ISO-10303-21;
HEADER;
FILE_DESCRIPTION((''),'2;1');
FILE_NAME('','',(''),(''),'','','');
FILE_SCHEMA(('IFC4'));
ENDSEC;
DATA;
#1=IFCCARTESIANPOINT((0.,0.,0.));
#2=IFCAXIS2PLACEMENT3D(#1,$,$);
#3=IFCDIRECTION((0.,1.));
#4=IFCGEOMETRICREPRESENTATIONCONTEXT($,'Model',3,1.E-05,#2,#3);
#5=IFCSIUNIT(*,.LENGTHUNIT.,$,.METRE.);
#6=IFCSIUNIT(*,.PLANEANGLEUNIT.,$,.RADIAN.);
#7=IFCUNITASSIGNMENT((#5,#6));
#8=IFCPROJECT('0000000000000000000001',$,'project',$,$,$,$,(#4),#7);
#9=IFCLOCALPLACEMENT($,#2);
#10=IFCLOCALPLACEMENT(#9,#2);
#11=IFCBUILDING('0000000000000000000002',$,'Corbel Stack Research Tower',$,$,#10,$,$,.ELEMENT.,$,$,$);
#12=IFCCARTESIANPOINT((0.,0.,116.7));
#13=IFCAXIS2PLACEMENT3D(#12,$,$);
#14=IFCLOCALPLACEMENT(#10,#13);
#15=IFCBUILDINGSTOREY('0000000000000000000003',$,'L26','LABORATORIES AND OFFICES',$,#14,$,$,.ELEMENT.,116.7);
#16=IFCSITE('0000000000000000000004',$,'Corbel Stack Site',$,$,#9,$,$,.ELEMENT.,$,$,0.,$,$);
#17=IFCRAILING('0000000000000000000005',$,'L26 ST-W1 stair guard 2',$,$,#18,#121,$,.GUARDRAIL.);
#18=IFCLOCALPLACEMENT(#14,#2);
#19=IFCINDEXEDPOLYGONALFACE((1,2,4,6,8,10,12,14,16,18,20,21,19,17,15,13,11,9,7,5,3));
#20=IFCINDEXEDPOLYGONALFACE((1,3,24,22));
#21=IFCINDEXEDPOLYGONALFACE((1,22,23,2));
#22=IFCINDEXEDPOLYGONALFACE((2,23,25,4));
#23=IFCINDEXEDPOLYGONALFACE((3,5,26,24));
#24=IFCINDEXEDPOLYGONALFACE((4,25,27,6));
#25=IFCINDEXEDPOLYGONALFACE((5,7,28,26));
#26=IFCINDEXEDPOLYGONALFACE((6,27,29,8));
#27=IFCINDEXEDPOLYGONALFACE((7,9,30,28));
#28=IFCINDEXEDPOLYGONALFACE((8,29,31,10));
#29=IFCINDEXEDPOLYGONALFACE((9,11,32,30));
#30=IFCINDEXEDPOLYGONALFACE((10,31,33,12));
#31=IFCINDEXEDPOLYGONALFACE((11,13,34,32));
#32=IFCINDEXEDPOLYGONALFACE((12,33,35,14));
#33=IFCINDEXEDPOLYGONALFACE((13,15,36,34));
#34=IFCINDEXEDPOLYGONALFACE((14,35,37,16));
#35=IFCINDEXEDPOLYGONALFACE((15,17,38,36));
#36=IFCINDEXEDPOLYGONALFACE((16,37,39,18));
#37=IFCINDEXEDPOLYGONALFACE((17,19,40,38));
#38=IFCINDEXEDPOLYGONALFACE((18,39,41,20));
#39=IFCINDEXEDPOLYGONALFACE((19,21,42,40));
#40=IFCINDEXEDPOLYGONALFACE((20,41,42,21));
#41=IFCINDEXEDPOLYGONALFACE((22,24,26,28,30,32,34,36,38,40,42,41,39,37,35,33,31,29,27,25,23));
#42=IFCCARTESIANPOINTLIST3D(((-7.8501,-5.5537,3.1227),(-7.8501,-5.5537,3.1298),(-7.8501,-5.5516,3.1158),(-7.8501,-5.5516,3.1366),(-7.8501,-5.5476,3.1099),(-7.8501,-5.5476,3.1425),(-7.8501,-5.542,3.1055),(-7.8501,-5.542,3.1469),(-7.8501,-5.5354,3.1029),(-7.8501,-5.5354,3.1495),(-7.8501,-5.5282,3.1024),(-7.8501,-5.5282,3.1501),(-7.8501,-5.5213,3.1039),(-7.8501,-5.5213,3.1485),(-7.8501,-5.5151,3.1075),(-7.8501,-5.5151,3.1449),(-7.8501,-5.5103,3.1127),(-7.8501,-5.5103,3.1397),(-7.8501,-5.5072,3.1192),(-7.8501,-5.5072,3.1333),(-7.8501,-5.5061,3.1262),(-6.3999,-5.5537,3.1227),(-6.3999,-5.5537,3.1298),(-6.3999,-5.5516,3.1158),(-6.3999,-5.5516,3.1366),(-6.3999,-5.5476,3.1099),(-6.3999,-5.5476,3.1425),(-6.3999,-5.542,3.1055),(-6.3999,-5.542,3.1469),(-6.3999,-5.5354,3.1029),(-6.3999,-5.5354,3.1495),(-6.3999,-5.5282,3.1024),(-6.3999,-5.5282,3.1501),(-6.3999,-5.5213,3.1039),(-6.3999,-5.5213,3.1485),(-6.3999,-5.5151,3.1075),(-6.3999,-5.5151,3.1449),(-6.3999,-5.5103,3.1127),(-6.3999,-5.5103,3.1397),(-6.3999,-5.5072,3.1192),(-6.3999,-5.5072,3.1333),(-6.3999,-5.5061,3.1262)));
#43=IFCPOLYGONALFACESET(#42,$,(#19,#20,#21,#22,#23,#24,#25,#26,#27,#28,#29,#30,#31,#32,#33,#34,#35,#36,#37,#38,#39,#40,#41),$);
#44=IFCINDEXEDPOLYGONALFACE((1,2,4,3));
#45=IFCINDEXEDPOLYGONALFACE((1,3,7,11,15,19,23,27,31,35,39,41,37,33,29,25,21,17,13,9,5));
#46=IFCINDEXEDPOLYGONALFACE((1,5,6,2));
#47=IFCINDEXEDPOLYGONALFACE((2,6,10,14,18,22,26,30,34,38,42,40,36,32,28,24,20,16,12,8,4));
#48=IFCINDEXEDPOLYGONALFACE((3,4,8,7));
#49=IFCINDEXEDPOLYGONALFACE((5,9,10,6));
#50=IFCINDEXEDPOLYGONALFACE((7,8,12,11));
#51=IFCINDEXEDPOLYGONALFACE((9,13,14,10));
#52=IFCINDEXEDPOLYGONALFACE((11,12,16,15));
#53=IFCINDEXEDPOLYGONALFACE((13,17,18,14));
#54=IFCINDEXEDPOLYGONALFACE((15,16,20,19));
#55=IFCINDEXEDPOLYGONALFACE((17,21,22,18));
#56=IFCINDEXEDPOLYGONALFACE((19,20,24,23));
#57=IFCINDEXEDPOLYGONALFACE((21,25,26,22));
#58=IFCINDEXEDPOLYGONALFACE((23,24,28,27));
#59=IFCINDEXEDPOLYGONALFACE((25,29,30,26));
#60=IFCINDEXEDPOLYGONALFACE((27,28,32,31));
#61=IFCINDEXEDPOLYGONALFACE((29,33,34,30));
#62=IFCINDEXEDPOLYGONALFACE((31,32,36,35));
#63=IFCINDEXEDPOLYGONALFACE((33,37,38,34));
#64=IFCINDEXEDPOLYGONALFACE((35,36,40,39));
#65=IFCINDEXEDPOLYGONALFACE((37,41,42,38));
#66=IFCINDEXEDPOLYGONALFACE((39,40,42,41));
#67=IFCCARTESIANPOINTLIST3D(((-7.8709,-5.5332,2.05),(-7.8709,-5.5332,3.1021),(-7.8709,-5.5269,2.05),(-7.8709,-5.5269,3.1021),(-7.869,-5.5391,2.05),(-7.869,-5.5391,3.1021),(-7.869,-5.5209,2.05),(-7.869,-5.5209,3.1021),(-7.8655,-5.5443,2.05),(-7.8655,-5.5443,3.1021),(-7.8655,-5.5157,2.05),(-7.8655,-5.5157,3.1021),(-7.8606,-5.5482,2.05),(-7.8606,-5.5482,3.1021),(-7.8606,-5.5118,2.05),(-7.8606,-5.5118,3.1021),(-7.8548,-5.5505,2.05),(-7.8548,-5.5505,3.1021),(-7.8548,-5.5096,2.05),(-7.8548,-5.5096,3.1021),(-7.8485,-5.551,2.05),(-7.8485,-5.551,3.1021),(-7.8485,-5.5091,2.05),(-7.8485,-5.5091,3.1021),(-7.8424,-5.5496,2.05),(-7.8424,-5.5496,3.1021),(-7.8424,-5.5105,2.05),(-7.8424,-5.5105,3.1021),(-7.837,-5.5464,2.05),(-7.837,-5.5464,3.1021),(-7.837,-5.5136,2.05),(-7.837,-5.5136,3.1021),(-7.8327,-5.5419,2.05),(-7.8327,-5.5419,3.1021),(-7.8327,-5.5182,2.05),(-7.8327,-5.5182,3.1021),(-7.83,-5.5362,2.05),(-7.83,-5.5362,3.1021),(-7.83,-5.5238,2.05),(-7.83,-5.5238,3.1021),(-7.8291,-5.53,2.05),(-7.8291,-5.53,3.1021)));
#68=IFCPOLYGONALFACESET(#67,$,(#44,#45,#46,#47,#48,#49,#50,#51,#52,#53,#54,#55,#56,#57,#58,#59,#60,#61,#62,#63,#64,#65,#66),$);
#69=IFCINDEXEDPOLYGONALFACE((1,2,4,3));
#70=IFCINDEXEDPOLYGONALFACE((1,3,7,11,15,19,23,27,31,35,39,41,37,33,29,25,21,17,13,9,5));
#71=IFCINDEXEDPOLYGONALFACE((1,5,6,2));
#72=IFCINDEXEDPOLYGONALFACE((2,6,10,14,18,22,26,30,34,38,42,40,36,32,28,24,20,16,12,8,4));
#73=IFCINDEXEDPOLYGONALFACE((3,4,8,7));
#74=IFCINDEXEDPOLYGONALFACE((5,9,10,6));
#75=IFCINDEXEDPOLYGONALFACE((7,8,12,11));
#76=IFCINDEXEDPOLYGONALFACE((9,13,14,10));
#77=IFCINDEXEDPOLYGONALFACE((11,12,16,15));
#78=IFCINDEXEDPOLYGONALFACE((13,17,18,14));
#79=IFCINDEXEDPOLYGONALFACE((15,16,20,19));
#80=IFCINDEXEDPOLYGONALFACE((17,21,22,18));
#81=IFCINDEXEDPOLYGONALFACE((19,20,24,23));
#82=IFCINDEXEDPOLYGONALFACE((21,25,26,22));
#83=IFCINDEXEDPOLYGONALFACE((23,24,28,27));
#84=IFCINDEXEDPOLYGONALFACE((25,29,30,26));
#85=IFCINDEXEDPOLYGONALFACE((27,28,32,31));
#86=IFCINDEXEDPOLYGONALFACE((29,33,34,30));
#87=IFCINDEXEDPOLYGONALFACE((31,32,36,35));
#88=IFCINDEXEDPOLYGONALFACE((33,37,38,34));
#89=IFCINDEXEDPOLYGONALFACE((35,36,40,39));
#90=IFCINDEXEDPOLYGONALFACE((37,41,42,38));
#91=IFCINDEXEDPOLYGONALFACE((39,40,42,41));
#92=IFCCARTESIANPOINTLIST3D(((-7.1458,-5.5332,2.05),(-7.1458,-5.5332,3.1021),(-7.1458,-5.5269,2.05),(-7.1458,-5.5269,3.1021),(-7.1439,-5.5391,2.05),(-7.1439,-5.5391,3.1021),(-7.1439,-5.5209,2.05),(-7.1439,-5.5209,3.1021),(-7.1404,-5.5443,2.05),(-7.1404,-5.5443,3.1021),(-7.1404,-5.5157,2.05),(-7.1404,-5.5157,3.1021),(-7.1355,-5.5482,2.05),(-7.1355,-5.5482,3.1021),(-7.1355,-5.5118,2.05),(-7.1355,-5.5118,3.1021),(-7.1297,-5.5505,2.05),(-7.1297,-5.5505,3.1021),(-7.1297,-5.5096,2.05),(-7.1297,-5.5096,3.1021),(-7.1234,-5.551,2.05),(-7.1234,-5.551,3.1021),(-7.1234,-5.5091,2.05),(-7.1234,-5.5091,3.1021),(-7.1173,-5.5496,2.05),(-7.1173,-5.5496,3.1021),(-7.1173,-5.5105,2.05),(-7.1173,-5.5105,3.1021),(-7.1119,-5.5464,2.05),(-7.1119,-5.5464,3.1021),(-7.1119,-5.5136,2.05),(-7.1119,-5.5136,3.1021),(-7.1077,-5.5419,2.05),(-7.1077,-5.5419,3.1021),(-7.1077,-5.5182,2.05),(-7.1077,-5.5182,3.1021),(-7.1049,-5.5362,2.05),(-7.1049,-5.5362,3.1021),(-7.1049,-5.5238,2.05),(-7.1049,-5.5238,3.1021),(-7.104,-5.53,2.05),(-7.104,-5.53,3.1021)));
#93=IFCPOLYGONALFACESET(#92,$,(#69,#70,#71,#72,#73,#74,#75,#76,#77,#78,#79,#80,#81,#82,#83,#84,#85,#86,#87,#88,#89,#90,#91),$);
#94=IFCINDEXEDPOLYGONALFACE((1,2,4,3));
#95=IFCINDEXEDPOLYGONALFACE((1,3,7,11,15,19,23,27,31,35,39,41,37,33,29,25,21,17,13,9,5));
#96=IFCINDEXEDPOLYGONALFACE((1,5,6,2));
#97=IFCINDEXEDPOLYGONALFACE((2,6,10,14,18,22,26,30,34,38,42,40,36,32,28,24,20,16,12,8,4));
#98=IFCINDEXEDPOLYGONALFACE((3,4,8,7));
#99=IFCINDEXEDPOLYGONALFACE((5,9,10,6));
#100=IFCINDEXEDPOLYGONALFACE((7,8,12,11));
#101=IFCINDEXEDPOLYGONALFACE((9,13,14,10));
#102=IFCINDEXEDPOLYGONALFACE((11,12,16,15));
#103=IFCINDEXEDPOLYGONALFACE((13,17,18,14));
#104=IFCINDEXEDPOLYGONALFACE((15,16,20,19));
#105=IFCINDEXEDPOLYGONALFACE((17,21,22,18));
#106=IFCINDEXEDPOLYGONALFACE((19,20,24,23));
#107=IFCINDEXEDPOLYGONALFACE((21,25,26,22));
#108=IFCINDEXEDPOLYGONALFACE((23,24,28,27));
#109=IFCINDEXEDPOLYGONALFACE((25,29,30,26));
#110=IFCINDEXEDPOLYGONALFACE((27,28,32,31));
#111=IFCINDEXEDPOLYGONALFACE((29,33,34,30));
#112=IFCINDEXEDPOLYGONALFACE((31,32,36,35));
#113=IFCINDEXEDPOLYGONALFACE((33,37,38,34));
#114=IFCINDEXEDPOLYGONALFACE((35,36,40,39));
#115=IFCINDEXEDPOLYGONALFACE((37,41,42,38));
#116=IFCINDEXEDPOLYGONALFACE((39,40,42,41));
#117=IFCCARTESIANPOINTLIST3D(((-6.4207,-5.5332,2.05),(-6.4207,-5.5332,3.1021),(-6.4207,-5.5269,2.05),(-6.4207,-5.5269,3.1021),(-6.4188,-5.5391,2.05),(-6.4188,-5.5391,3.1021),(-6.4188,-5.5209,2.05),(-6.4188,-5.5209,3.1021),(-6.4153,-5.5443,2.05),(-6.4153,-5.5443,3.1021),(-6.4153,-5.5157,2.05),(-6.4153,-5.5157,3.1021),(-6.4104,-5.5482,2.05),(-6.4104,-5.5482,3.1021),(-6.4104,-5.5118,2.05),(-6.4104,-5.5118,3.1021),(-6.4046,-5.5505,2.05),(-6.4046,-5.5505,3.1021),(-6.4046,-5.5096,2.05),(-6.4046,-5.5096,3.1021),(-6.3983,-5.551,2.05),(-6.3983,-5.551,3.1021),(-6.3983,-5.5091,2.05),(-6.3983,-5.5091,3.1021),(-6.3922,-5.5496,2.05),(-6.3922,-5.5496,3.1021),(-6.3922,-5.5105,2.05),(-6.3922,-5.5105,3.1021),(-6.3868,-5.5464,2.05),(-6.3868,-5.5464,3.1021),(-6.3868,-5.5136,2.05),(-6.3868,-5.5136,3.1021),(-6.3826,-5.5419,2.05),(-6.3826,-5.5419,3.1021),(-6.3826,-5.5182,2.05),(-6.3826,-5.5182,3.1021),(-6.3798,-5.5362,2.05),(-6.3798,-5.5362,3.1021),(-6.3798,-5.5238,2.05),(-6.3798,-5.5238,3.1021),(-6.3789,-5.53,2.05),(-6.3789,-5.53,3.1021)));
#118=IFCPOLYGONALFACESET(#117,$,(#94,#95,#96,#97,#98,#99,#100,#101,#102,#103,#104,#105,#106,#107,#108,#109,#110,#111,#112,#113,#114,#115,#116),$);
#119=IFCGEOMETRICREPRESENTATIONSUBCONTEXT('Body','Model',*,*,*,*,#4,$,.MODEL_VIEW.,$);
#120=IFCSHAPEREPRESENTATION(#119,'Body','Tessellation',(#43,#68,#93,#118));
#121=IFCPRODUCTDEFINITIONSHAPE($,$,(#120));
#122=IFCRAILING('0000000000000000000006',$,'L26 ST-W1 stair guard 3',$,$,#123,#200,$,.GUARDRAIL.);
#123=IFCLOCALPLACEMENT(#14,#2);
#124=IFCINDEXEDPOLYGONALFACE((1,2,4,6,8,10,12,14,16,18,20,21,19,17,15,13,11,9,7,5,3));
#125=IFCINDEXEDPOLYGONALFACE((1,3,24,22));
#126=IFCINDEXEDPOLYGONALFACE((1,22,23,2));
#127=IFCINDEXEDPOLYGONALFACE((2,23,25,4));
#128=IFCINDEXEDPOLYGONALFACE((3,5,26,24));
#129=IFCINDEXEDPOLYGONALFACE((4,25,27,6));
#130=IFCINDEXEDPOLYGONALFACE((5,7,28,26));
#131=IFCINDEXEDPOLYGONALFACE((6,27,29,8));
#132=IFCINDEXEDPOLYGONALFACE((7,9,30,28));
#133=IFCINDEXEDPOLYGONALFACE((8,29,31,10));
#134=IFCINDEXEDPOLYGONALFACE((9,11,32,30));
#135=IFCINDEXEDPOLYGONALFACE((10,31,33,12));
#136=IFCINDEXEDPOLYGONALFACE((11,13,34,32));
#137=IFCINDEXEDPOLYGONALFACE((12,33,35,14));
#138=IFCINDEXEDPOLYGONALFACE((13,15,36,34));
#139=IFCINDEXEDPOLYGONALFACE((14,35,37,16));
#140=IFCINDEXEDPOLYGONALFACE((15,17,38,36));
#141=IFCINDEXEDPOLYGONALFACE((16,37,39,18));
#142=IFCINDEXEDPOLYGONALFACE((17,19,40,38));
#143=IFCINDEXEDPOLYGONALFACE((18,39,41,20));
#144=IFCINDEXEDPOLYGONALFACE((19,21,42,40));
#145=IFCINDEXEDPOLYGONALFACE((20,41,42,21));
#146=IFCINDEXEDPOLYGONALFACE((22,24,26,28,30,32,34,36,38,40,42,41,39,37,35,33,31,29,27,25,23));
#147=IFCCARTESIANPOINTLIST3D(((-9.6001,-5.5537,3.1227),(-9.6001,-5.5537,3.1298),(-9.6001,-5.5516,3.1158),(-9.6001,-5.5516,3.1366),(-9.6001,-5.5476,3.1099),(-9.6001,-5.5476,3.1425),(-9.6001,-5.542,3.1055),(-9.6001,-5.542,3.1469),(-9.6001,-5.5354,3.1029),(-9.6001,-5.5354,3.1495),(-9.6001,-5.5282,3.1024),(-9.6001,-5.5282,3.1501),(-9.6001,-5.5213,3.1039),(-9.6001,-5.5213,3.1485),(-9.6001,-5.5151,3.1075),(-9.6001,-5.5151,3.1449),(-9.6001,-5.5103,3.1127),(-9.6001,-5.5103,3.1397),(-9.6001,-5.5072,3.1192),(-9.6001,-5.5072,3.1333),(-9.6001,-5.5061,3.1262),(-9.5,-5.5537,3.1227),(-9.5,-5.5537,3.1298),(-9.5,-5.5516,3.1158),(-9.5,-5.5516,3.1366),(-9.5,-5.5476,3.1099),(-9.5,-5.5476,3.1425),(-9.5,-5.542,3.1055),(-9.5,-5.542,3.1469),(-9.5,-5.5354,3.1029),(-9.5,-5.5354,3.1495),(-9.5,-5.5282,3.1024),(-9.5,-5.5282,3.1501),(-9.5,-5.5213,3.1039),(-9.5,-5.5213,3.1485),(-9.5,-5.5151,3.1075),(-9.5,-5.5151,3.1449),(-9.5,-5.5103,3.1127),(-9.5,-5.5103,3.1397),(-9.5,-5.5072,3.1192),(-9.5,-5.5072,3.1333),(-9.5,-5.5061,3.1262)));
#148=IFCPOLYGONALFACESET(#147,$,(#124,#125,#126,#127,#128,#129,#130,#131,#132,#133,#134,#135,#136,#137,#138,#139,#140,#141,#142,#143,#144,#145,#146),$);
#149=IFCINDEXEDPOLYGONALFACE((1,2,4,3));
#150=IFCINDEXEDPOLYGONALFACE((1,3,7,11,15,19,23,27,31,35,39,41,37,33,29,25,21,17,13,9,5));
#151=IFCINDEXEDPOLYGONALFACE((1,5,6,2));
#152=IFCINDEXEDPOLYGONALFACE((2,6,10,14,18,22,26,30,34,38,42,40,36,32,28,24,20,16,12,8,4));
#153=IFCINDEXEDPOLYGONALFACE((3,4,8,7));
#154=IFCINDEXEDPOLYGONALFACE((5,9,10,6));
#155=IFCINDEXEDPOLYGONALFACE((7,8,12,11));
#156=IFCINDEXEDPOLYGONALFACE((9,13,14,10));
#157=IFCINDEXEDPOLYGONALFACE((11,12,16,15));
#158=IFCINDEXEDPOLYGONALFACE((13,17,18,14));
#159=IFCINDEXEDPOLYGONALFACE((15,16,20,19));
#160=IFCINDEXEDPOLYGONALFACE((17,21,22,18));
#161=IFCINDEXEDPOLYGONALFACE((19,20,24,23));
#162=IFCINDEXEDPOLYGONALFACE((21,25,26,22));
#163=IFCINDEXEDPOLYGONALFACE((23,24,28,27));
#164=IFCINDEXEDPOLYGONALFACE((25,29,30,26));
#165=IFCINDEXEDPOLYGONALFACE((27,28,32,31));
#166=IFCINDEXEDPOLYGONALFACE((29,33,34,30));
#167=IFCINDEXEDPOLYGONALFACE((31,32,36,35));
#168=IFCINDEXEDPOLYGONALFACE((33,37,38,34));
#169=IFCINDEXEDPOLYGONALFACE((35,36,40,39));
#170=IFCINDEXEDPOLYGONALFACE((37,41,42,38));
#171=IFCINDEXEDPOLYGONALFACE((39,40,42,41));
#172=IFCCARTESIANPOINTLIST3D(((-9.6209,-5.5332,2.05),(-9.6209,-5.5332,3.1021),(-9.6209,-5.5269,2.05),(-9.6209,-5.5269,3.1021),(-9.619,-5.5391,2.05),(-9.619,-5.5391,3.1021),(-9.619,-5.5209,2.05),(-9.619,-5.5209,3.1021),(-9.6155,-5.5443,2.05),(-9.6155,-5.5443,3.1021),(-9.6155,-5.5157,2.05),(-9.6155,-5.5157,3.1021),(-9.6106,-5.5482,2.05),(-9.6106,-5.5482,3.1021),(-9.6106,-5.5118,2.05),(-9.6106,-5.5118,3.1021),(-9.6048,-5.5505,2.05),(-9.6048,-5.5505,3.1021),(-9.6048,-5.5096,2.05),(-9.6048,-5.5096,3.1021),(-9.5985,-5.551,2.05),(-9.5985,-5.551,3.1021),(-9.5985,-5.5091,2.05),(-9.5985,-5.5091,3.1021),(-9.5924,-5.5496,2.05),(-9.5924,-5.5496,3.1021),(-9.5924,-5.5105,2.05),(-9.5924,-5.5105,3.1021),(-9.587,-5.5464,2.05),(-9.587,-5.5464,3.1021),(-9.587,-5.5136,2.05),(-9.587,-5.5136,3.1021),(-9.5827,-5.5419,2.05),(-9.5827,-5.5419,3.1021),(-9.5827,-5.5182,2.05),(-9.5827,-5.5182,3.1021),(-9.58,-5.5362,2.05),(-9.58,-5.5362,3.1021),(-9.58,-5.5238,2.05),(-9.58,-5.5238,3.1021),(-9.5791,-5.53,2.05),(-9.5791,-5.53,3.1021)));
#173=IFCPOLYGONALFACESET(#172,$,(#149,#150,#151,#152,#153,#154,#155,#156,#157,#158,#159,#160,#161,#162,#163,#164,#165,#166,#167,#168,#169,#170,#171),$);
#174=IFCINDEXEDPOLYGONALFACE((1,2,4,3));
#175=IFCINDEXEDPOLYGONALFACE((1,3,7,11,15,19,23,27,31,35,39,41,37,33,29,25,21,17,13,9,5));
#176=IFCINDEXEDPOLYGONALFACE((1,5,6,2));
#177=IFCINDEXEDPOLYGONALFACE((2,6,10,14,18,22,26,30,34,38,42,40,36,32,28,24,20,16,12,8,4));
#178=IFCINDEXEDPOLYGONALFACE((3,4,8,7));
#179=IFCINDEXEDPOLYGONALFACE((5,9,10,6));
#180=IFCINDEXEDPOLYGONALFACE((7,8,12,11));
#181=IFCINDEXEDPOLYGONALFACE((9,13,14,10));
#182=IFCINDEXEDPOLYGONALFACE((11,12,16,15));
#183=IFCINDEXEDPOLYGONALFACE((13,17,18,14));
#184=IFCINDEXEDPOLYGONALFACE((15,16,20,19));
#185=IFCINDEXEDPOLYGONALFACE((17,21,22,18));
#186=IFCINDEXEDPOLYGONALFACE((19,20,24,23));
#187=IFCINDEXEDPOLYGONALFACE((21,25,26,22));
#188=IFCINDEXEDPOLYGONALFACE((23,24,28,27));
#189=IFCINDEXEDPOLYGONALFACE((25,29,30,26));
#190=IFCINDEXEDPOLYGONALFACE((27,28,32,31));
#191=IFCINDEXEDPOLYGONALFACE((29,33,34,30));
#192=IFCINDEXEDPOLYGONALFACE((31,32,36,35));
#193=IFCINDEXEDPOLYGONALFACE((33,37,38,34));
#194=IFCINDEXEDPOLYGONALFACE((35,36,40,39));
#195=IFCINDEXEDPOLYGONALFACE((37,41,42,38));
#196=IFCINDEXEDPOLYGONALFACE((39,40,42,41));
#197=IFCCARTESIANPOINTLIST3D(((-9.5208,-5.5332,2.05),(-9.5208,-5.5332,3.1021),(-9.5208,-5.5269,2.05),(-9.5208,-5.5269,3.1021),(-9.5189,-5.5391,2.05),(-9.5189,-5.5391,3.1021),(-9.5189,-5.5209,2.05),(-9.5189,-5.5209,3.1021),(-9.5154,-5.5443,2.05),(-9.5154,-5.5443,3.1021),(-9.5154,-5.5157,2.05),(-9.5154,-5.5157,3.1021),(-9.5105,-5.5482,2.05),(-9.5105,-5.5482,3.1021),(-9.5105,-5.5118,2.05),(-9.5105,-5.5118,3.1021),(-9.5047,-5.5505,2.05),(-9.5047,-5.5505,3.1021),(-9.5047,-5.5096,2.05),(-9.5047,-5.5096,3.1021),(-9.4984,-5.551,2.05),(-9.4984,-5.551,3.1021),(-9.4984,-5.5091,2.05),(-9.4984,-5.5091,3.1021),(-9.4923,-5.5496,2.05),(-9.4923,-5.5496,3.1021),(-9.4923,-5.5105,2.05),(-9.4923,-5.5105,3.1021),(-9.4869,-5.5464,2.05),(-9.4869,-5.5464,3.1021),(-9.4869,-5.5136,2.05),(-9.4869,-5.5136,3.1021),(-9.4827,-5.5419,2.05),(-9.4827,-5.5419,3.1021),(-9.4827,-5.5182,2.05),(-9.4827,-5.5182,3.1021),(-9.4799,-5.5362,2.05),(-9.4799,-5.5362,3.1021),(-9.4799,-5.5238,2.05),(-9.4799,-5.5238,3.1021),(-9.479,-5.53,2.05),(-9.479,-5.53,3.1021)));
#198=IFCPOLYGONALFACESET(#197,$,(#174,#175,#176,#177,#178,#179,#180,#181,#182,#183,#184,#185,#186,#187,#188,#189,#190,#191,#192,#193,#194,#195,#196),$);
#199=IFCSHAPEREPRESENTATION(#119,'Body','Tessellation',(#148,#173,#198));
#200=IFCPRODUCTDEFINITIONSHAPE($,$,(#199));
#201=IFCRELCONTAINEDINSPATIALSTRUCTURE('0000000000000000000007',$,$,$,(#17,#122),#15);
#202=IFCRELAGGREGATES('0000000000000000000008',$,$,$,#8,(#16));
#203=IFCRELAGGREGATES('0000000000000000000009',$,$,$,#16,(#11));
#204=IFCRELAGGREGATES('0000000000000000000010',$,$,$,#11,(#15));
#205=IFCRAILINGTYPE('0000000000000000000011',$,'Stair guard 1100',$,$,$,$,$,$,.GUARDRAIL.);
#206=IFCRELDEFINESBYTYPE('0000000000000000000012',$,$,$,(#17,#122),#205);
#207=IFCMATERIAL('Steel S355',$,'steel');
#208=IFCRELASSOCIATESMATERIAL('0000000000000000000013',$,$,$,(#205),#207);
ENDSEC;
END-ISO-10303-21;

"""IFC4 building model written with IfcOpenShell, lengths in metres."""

from ifc_helpers import new_model, si_unit, direction, frame, origin, origin_2d, place, context, subcontext, project, spatial, circle, extrude, material, type_object, element, save


model = new_model("IFC4")

# Units and contexts
model_context = context("Model", 3, precision=1e-05, world=origin(), true_north=direction((0.0, 1.0)))
body_context = subcontext(model_context, "Body", "Model", "MODEL_VIEW")
ifc_project = project(units=[si_unit("LENGTHUNIT", "METRE"), si_unit("PLANEANGLEUNIT", "RADIAN")], contexts=[model_context])

# Site, building, storey
site_placement = place(None, origin())
site = spatial("IfcSite", under=ifc_project, at=site_placement, Name="Corbel Stack Site", CompositionType="ELEMENT", RefElevation=0.0)
building_placement = place(site_placement, origin())
building = spatial("IfcBuilding", under=site, at=building_placement, Name="Corbel Stack Research Tower", CompositionType="ELEMENT")
storey_placement = place(building_placement, frame((0.0, 0.0, 116.7)))
storey = spatial("IfcBuildingStorey", under=building, at=storey_placement, Name="L26", Description="LABORATORIES AND OFFICES", CompositionType="ELEMENT", Elevation=116.7)

# Railings
ifc_material_1 = material(Name="Steel S355", Category="steel")
railing_type = type_object("IfcRailingType", Name="Stair guard 1100", PredefinedType="GUARDRAIL", material=ifc_material_1)
railing_1_placement = place(storey_placement, frame((-7.8501, -5.53, 2.05)))
element("IfcRailing", 1, at=railing_1_placement, inside=storey, type_object=railing_type, Name="L26 ST-W1 stair guard 2", PredefinedType="GUARDRAIL", context=body_context, shape_type="SweptSolid", body=[
    extrude(circle(Radius=0.0239, at=origin_2d()), frame((0.0, 0.0, 1.0762), z_axis=(1.0, 0.0, 0.0), x_axis=(0.0, 1.0, 0.0)), (0.0, 0.0, 1.0), 1.4502),
    extrude(circle(Radius=0.021, at=origin_2d()), origin(), (0.0, 0.0, 1.0), 1.052),
    extrude(circle(Radius=0.021, at=origin_2d()), frame((0.7251, 0.0, 0.0)), (0.0, 0.0, 1.0), 1.052),
    extrude(circle(Radius=0.021, at=origin_2d()), frame((1.4502, 0.0, 0.0)), (0.0, 0.0, 1.0), 1.052),
])
railing_2_placement = place(storey_placement, frame((-9.6001, -5.53, 2.05)))
element("IfcRailing", 2, at=railing_2_placement, inside=storey, type_object=railing_type, Name="L26 ST-W1 stair guard 3", PredefinedType="GUARDRAIL", context=body_context, shape_type="SweptSolid", body=[
    extrude(circle(Radius=0.0239, at=origin_2d()), frame((0.0, 0.0, 1.0762), z_axis=(1.0, 0.0, 0.0), x_axis=(0.0, 1.0, 0.0)), (0.0, 0.0, 1.0), 0.1001),
    extrude(circle(Radius=0.021, at=origin_2d()), origin(), (0.0, 0.0, 1.0), 1.052),
    extrude(circle(Radius=0.021, at=origin_2d()), frame((0.1001, 0.0, 0.0)), (0.0, 0.0, 1.0), 1.052),
])

save(model, "model.ifc")
